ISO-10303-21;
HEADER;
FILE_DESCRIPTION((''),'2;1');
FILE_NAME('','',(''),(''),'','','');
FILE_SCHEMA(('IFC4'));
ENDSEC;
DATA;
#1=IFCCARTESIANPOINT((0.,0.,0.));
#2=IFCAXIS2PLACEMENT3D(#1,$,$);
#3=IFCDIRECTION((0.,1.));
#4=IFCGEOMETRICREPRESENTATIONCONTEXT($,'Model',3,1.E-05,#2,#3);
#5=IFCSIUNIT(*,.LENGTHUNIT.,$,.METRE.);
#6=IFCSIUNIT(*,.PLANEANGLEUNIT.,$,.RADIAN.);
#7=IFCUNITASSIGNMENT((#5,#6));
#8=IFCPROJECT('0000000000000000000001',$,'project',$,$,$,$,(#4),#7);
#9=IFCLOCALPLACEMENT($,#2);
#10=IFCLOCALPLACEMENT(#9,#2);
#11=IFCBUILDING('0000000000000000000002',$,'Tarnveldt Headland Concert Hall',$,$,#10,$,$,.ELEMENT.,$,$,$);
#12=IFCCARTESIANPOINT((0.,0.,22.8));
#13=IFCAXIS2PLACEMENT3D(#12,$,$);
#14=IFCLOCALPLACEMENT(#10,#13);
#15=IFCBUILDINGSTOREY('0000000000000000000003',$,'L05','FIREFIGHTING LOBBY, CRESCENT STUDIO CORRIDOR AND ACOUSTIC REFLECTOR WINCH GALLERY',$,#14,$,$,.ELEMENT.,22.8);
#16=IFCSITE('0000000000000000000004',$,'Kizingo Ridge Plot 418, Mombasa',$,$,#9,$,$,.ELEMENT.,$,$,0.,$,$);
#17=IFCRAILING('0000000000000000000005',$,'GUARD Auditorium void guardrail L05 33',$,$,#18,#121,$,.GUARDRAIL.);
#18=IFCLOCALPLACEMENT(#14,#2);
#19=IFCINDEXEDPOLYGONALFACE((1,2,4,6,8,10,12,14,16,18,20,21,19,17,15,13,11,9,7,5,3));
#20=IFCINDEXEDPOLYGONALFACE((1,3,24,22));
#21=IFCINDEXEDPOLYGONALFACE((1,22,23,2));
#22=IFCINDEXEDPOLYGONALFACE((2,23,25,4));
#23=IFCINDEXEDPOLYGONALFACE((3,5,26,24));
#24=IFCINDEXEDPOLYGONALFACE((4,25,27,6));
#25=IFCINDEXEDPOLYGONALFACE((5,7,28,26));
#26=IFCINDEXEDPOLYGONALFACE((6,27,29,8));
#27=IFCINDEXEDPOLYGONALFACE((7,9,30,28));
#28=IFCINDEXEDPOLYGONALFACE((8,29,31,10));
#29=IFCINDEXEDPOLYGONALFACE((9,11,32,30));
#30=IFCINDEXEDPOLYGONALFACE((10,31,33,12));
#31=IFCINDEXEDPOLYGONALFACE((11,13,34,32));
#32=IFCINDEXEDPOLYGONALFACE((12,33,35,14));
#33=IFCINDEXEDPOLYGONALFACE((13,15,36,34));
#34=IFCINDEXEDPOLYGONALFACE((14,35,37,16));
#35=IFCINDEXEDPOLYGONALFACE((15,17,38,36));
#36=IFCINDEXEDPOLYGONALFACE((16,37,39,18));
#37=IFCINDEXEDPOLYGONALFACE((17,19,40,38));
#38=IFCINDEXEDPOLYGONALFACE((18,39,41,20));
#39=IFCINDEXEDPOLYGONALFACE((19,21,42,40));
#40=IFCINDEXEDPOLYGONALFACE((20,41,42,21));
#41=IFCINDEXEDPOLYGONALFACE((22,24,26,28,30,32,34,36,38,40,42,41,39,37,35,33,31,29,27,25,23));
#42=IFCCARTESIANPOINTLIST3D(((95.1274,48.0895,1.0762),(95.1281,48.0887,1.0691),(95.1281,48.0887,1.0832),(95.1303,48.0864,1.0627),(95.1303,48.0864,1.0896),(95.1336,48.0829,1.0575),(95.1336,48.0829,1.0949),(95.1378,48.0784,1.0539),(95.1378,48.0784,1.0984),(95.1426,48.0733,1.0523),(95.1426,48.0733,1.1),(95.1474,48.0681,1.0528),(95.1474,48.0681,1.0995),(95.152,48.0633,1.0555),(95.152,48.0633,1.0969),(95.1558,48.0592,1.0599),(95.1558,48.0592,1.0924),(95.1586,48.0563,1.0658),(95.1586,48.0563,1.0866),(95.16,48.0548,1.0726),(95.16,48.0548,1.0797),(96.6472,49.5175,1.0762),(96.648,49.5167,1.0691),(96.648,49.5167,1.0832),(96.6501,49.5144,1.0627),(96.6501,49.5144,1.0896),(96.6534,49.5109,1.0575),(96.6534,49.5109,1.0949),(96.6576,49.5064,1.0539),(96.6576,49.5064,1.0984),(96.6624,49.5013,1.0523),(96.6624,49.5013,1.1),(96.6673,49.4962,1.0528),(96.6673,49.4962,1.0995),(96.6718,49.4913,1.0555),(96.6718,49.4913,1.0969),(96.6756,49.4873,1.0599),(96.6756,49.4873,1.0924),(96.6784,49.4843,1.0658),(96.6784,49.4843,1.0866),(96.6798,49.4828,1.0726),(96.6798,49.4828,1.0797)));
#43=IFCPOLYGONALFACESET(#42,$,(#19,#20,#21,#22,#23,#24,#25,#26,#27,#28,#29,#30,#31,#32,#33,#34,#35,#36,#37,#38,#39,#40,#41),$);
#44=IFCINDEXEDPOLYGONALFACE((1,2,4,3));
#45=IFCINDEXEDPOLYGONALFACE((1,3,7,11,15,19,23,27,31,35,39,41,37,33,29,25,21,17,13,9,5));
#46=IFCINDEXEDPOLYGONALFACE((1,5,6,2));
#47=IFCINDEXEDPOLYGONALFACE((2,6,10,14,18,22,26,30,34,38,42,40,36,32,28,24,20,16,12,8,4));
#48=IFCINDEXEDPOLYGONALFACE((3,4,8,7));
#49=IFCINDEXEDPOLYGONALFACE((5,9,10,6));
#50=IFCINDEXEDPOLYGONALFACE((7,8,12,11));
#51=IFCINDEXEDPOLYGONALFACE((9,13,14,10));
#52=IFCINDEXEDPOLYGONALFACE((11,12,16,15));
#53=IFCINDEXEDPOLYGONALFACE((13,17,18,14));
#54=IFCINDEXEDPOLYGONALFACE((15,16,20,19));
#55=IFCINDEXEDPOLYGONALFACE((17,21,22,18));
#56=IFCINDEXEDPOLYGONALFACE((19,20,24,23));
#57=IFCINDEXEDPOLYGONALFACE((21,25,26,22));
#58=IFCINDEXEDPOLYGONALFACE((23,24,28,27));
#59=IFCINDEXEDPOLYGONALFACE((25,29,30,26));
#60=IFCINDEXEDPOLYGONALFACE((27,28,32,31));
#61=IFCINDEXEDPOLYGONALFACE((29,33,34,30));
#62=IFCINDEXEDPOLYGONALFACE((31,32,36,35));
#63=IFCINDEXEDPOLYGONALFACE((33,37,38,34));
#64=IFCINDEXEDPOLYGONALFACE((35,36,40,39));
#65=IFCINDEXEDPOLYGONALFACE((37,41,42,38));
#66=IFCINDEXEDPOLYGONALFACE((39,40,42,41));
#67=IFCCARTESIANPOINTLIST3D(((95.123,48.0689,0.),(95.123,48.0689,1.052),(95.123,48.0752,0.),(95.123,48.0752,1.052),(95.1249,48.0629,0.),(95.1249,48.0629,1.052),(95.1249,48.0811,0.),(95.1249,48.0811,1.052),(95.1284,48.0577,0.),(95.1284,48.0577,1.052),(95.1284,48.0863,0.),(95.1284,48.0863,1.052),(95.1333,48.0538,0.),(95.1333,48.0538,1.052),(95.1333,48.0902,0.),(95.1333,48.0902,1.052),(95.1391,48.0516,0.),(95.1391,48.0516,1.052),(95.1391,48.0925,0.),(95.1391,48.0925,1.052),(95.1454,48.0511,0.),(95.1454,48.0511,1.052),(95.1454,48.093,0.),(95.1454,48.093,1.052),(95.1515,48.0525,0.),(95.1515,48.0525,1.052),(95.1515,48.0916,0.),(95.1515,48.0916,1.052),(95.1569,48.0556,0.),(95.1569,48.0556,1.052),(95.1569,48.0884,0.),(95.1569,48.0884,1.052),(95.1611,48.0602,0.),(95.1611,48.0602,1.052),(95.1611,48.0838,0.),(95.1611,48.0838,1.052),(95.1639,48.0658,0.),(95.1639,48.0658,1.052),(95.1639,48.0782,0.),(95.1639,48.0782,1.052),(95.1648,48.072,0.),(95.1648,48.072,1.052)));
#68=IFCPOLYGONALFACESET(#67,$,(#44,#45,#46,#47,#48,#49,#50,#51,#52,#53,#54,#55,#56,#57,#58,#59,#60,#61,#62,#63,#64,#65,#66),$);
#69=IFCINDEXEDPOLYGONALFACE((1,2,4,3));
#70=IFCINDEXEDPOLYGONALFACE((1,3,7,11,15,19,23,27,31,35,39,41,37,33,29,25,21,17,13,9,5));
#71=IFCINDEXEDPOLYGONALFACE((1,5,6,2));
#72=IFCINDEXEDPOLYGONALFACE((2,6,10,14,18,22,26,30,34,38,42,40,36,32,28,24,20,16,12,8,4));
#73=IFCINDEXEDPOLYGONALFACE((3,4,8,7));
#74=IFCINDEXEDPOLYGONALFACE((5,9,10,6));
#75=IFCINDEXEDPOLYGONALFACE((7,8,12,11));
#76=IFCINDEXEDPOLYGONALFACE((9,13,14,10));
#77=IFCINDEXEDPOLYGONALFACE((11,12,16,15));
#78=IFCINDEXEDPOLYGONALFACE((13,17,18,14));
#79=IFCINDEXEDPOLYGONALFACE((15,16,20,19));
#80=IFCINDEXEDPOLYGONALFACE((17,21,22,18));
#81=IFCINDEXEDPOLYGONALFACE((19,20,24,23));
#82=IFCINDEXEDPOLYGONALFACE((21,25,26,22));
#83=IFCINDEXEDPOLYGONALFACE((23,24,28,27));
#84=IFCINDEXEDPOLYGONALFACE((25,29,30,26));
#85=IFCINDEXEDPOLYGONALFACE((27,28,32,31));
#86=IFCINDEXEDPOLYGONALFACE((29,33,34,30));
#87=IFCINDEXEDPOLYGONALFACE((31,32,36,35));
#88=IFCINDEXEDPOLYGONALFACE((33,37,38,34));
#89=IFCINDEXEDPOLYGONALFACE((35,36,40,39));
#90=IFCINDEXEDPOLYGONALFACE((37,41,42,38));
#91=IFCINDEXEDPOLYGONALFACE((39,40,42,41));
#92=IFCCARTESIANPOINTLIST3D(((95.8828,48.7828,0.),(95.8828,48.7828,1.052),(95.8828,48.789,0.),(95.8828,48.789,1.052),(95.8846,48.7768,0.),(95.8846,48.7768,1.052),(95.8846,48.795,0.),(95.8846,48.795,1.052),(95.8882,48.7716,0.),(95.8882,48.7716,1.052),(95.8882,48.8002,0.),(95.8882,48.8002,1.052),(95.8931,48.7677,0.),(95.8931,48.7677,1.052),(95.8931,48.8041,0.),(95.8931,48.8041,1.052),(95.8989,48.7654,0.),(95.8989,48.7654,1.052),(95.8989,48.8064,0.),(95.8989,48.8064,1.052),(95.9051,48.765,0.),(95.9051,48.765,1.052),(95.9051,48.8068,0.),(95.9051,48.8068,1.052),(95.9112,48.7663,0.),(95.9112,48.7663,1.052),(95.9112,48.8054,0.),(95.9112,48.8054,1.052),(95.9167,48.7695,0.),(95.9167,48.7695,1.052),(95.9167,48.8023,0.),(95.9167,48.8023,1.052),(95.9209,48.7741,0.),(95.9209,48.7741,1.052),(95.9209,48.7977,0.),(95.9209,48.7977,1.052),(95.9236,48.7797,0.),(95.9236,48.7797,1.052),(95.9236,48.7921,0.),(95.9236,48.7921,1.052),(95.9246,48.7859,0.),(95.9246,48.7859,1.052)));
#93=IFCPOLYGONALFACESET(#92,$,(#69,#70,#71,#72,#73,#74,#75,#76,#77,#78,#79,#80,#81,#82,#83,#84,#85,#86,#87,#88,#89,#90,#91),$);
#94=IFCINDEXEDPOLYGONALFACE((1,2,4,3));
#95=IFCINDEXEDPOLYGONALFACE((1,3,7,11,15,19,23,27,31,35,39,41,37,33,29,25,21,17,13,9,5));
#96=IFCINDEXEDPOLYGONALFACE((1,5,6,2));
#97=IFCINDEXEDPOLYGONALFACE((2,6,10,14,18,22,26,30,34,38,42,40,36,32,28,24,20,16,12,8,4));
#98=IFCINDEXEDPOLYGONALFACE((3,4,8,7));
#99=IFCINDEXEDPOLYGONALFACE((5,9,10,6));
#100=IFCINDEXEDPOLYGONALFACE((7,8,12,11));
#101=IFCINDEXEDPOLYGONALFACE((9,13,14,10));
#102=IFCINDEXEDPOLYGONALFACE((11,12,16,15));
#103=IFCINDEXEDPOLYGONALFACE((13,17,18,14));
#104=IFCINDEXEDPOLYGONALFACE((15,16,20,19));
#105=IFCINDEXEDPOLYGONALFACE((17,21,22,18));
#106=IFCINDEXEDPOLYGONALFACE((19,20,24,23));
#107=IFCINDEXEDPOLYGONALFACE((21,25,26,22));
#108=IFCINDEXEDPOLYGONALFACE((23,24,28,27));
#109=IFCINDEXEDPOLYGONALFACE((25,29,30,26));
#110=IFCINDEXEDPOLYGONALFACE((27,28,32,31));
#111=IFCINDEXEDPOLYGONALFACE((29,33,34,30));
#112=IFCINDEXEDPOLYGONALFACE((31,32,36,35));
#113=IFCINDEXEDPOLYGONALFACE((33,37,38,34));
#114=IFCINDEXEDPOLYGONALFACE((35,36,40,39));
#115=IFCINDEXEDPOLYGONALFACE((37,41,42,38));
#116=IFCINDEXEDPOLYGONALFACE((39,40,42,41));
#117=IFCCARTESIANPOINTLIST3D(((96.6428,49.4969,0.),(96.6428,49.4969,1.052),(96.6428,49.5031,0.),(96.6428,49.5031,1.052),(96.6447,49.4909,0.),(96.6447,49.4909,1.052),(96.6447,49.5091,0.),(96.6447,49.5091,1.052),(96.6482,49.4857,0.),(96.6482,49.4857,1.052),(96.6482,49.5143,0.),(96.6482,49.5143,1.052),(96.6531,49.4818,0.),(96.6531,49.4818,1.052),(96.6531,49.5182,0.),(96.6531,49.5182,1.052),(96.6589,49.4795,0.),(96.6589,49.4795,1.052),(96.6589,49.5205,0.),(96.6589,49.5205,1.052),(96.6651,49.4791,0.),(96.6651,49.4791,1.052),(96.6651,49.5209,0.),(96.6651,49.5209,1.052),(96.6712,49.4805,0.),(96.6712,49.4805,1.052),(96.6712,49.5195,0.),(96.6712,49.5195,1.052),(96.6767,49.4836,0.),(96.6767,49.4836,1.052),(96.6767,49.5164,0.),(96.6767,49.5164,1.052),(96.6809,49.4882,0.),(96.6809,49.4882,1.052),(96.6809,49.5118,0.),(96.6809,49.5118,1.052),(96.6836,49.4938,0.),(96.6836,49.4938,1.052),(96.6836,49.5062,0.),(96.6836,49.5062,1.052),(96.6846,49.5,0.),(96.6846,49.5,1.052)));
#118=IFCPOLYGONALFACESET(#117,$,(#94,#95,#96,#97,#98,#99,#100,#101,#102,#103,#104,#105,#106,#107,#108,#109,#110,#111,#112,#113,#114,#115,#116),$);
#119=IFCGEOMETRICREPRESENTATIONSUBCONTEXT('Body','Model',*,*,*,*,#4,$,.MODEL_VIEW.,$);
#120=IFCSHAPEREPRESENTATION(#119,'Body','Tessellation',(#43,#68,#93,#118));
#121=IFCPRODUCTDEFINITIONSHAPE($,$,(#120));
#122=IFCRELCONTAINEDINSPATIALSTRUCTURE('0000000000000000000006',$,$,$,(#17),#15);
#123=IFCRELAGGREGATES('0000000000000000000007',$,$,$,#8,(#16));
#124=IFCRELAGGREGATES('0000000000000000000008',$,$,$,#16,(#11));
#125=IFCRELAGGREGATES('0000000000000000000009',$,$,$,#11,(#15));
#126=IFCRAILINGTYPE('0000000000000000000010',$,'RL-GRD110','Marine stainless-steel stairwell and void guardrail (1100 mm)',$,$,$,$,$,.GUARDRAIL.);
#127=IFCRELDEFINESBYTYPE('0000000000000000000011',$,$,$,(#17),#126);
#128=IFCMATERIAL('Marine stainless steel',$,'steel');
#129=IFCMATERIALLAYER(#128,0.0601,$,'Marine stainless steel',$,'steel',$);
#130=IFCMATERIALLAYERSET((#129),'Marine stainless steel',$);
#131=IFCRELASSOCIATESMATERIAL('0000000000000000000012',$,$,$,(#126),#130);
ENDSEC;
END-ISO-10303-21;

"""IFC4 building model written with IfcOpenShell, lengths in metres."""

from ifc_helpers import new_model, si_unit, direction, frame, origin, origin_2d, place, context, subcontext, project, spatial, circle, extrude, material, layer, layer_set, type_object, element, save


model = new_model("IFC4")

# Units and contexts
model_context = context("Model", 3, precision=1e-05, world=origin(), true_north=direction((0.0, 1.0)))
body_context = subcontext(model_context, "Body", "Model", "MODEL_VIEW")
ifc_project = project(units=[si_unit("LENGTHUNIT", "METRE"), si_unit("PLANEANGLEUNIT", "RADIAN")], contexts=[model_context])

# Site, building, storey
site_placement = place(None, origin())
site = spatial("IfcSite", under=ifc_project, at=site_placement, Name="Kizingo Ridge Plot 418, Mombasa", CompositionType="ELEMENT", RefElevation=0.0)
building_placement = place(site_placement, origin())
building = spatial("IfcBuilding", under=site, at=building_placement, Name="Tarnveldt Headland Concert Hall", CompositionType="ELEMENT")
storey_placement = place(building_placement, frame((0.0, 0.0, 22.8)))
storey = spatial("IfcBuildingStorey", under=building, at=storey_placement, Name="L05", Description="FIREFIGHTING LOBBY, CRESCENT STUDIO CORRIDOR AND ACOUSTIC REFLECTOR WINCH GALLERY", CompositionType="ELEMENT", Elevation=22.8)

# Railing
ifc_material_1 = material(Name="Marine stainless steel", Category="steel")
ifc_layer_1 = layer(ifc_material_1, 0.0601, Name="Marine stainless steel", Category="steel")
ifc_layer_set_1 = layer_set([ifc_layer_1], Name="Marine stainless steel")
railing_type = type_object("IfcRailingType", Name="RL-GRD110", Description="Marine stainless-steel stairwell and void guardrail (1100 mm)", PredefinedType="GUARDRAIL", material=ifc_layer_set_1)
railing_1_placement = place(storey_placement, frame((95.1438, 48.072, 0.0)))
element("IfcRailing", 1, at=railing_1_placement, inside=storey, type_object=railing_type, Name="GUARD Auditorium void guardrail L05 33", PredefinedType="GUARDRAIL", context=body_context, shape_type="SweptSolid", body=[
    extrude(circle(Radius=0.0239, at=origin_2d()), frame((0.0, 0.0, 1.0762), z_axis=(0.728774, 0.684755, 0.0), x_axis=(-0.684755, 0.728774, 0.0)), (0.0, 0.0, 1.0), 2.0854),
    extrude(circle(Radius=0.021, at=origin_2d()), origin(), (0.0, 0.0, 1.0), 1.052),
    extrude(circle(Radius=0.021, at=origin_2d()), frame((0.7598, 0.7139, 0.0)), (0.0, 0.0, 1.0), 1.052),
    extrude(circle(Radius=0.021, at=origin_2d()), frame((1.5198, 1.428, 0.0)), (0.0, 0.0, 1.0), 1.052),
])

save(model, "model.ifc")
